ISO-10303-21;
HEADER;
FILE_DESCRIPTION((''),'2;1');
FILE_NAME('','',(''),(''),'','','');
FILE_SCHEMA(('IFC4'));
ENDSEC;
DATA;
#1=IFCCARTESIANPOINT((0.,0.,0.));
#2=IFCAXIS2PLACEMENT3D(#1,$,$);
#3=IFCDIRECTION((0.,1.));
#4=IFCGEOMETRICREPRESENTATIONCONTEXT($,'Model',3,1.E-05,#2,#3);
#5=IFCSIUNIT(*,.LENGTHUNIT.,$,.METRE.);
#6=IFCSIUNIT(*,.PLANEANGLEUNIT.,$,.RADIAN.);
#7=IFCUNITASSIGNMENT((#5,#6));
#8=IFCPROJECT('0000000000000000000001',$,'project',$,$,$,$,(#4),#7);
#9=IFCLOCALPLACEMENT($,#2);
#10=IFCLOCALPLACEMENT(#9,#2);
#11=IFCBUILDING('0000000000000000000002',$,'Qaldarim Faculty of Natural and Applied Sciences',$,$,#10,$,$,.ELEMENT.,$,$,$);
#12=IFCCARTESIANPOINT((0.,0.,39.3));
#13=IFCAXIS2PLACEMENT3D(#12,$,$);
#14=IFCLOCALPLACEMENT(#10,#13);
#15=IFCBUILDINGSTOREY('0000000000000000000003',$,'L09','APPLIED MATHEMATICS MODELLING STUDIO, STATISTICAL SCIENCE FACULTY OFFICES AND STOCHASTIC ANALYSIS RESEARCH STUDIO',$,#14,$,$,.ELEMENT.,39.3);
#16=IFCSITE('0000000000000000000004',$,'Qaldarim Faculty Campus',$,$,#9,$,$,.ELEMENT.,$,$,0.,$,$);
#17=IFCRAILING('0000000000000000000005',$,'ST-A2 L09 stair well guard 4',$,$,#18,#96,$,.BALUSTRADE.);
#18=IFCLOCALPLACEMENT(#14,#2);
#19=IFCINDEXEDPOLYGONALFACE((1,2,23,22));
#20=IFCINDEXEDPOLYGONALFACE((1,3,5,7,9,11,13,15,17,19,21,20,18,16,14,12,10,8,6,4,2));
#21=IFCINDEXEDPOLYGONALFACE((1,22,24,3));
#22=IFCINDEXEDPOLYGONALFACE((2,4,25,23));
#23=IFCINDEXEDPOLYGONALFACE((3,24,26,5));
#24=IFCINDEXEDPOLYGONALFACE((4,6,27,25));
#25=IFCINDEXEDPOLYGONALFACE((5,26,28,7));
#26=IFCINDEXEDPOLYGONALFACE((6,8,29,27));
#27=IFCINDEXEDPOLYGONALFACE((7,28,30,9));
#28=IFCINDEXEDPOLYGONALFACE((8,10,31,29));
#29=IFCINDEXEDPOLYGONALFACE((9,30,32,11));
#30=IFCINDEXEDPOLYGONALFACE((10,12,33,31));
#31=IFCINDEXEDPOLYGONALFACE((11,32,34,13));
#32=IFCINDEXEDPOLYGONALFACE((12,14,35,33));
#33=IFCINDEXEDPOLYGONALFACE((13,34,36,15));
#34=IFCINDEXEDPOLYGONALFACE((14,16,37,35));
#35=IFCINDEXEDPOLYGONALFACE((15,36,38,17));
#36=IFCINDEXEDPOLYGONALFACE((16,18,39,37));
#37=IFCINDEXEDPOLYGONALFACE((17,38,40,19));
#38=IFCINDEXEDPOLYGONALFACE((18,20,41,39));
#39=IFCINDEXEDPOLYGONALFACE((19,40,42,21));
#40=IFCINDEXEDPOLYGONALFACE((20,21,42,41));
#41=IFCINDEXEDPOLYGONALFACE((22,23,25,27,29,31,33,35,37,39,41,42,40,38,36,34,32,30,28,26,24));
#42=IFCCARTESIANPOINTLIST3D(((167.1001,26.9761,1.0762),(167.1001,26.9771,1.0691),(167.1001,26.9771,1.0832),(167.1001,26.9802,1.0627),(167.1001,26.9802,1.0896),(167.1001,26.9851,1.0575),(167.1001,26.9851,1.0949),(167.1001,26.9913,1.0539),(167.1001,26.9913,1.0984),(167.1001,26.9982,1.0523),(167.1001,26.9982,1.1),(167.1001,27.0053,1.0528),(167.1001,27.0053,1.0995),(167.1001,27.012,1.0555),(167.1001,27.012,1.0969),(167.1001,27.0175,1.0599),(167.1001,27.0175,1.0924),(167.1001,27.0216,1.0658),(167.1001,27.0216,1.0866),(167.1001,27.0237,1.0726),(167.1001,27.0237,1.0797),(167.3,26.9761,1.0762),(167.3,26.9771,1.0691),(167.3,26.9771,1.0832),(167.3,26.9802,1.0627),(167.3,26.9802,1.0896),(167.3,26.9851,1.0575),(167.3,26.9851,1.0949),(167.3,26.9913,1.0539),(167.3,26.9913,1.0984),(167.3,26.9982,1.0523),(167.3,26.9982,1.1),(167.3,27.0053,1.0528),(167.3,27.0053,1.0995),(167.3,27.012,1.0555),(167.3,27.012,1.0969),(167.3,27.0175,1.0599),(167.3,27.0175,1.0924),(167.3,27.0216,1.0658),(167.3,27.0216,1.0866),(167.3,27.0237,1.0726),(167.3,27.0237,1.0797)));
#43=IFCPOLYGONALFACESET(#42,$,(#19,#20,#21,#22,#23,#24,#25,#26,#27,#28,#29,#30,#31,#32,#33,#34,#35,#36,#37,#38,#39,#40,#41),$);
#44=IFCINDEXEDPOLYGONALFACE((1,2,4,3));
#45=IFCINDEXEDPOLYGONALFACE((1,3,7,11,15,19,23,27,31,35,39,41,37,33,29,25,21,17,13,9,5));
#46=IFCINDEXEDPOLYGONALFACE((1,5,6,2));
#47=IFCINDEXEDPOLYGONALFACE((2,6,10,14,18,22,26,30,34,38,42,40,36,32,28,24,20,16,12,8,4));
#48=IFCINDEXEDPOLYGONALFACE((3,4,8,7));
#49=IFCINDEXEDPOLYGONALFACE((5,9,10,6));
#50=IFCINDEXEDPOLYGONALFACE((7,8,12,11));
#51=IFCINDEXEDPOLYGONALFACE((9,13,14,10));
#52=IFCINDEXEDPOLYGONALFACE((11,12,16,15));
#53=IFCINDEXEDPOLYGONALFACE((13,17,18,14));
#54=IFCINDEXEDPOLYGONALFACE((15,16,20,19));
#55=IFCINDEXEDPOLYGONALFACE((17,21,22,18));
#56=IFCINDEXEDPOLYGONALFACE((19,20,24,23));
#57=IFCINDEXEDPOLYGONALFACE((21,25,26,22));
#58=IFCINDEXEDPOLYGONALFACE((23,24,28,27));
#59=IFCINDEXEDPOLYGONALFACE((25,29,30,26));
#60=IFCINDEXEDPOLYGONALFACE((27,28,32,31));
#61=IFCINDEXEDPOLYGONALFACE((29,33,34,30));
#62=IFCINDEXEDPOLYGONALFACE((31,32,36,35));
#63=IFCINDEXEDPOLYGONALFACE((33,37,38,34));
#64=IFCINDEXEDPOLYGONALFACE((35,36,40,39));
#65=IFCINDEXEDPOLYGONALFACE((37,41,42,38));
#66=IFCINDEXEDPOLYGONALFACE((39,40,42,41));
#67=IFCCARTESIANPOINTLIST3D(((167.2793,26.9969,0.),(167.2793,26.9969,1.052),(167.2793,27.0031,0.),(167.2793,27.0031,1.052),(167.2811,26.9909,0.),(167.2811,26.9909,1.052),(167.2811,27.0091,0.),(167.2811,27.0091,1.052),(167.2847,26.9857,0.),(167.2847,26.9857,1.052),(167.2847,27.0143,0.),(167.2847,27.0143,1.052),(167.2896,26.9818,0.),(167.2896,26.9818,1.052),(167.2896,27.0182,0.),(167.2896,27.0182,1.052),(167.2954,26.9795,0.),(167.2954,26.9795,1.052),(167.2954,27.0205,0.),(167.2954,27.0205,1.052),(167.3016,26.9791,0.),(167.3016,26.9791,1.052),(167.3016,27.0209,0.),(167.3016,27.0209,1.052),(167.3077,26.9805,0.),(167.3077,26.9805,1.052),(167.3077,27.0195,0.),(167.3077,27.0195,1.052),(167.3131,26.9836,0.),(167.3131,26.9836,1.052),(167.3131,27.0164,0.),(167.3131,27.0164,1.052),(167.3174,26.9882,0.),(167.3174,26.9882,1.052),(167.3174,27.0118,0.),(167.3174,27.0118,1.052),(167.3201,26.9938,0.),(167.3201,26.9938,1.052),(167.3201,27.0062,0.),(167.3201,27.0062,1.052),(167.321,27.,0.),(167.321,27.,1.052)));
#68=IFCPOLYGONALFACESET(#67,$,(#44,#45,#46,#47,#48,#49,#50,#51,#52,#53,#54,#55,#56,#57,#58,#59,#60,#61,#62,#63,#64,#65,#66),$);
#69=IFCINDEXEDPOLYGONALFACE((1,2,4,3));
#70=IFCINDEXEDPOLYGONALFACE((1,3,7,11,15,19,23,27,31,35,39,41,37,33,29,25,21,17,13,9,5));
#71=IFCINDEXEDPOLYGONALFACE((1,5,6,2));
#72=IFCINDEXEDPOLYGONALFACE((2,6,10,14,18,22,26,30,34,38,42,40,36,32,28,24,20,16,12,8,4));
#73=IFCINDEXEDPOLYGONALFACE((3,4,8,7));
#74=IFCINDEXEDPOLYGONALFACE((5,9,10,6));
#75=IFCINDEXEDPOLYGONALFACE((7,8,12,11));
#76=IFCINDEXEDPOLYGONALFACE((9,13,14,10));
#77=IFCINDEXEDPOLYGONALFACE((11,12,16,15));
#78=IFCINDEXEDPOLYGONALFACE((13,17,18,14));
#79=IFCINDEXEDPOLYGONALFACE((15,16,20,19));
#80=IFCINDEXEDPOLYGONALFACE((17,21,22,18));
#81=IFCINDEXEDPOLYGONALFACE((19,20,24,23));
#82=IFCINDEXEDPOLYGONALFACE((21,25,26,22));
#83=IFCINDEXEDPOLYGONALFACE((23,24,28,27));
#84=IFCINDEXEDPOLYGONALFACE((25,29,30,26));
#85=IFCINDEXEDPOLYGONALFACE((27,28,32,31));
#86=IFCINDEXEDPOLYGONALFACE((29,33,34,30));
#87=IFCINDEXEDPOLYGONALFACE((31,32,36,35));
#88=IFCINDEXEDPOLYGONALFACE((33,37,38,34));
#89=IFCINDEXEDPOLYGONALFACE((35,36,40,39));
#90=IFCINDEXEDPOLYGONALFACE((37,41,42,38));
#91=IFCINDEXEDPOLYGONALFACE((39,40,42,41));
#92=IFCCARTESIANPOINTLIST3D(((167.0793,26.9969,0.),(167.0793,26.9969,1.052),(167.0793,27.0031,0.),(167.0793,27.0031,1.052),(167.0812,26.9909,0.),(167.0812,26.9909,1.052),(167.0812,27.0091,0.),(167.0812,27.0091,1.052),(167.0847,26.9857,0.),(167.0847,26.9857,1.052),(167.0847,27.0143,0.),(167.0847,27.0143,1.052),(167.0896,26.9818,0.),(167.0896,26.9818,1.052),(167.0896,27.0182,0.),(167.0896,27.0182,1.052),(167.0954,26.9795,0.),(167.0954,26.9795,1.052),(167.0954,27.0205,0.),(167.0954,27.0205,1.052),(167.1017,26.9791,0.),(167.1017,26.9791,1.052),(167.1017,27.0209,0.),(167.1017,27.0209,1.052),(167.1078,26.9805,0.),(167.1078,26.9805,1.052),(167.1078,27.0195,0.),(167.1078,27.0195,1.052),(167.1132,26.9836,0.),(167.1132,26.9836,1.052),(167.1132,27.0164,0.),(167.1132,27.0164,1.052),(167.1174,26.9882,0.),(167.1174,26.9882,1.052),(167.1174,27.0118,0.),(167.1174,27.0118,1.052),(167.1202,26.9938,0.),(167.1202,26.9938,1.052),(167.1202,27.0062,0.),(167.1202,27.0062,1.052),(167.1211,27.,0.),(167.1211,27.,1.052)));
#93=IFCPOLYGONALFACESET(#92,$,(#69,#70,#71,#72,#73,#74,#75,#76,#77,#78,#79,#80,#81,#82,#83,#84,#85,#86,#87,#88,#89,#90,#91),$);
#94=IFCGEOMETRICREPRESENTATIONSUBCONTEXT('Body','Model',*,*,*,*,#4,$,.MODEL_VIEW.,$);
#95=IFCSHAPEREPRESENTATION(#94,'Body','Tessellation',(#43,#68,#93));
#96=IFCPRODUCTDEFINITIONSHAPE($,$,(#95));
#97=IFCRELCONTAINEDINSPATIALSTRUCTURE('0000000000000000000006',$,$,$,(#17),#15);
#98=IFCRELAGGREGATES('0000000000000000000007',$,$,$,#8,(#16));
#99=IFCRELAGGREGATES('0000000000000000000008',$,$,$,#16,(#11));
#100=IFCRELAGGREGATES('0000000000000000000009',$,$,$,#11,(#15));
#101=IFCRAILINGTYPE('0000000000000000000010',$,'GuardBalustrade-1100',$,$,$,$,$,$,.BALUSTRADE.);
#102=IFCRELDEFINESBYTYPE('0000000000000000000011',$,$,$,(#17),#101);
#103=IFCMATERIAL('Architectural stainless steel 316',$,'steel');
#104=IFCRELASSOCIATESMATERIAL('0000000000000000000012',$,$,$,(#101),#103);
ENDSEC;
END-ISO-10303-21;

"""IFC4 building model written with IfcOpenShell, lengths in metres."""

from ifc_helpers import new_model, si_unit, direction, frame, origin, origin_2d, place, context, subcontext, project, spatial, circle, extrude, material, type_object, element, save


model = new_model("IFC4")

# Units and contexts
model_context = context("Model", 3, precision=1e-05, world=origin(), true_north=direction((0.0, 1.0)))
body_context = subcontext(model_context, "Body", "Model", "MODEL_VIEW")
ifc_project = project(units=[si_unit("LENGTHUNIT", "METRE"), si_unit("PLANEANGLEUNIT", "RADIAN")], contexts=[model_context])

# Site, building, storey
site_placement = place(None, origin())
site = spatial("IfcSite", under=ifc_project, at=site_placement, Name="Qaldarim Faculty Campus", CompositionType="ELEMENT", RefElevation=0.0)
building_placement = place(site_placement, origin())
building = spatial("IfcBuilding", under=site, at=building_placement, Name="Qaldarim Faculty of Natural and Applied Sciences", CompositionType="ELEMENT")
storey_placement = place(building_placement, frame((0.0, 0.0, 39.3)))
storey = spatial("IfcBuildingStorey", under=building, at=storey_placement, Name="L09", Description="APPLIED MATHEMATICS MODELLING STUDIO, STATISTICAL SCIENCE FACULTY OFFICES AND STOCHASTIC ANALYSIS RESEARCH STUDIO", CompositionType="ELEMENT", Elevation=39.3)

# Shared definitions
ifc_material_1 = material(Name="Architectural stainless steel 316", Category="steel")

# Railing
railing_type_1 = type_object("IfcRailingType", Name="GuardBalustrade-1100", PredefinedType="BALUSTRADE", material=ifc_material_1)
railing_1_placement = place(storey_placement, frame((167.3, 27.0, 0.0)))
element("IfcRailing", 1, at=railing_1_placement, inside=storey, type_object=railing_type_1, Name="ST-A2 L09 stair well guard 4", PredefinedType="BALUSTRADE", context=body_context, shape_type="SweptSolid", body=[
    extrude(circle(Radius=0.0239, at=origin_2d()), frame((0.0, 0.0, 1.0762), z_axis=(-1.0, 0.0, 0.0), x_axis=(0.0, -1.0, 0.0)), (0.0, 0.0, 1.0), 0.2),
    extrude(circle(Radius=0.021, at=origin_2d()), origin(), (0.0, 0.0, 1.0), 1.052),
    extrude(circle(Radius=0.021, at=origin_2d()), frame((-0.2, 0.0, 0.0)), (0.0, 0.0, 1.0), 1.052),
])

save(model, "model.ifc")
